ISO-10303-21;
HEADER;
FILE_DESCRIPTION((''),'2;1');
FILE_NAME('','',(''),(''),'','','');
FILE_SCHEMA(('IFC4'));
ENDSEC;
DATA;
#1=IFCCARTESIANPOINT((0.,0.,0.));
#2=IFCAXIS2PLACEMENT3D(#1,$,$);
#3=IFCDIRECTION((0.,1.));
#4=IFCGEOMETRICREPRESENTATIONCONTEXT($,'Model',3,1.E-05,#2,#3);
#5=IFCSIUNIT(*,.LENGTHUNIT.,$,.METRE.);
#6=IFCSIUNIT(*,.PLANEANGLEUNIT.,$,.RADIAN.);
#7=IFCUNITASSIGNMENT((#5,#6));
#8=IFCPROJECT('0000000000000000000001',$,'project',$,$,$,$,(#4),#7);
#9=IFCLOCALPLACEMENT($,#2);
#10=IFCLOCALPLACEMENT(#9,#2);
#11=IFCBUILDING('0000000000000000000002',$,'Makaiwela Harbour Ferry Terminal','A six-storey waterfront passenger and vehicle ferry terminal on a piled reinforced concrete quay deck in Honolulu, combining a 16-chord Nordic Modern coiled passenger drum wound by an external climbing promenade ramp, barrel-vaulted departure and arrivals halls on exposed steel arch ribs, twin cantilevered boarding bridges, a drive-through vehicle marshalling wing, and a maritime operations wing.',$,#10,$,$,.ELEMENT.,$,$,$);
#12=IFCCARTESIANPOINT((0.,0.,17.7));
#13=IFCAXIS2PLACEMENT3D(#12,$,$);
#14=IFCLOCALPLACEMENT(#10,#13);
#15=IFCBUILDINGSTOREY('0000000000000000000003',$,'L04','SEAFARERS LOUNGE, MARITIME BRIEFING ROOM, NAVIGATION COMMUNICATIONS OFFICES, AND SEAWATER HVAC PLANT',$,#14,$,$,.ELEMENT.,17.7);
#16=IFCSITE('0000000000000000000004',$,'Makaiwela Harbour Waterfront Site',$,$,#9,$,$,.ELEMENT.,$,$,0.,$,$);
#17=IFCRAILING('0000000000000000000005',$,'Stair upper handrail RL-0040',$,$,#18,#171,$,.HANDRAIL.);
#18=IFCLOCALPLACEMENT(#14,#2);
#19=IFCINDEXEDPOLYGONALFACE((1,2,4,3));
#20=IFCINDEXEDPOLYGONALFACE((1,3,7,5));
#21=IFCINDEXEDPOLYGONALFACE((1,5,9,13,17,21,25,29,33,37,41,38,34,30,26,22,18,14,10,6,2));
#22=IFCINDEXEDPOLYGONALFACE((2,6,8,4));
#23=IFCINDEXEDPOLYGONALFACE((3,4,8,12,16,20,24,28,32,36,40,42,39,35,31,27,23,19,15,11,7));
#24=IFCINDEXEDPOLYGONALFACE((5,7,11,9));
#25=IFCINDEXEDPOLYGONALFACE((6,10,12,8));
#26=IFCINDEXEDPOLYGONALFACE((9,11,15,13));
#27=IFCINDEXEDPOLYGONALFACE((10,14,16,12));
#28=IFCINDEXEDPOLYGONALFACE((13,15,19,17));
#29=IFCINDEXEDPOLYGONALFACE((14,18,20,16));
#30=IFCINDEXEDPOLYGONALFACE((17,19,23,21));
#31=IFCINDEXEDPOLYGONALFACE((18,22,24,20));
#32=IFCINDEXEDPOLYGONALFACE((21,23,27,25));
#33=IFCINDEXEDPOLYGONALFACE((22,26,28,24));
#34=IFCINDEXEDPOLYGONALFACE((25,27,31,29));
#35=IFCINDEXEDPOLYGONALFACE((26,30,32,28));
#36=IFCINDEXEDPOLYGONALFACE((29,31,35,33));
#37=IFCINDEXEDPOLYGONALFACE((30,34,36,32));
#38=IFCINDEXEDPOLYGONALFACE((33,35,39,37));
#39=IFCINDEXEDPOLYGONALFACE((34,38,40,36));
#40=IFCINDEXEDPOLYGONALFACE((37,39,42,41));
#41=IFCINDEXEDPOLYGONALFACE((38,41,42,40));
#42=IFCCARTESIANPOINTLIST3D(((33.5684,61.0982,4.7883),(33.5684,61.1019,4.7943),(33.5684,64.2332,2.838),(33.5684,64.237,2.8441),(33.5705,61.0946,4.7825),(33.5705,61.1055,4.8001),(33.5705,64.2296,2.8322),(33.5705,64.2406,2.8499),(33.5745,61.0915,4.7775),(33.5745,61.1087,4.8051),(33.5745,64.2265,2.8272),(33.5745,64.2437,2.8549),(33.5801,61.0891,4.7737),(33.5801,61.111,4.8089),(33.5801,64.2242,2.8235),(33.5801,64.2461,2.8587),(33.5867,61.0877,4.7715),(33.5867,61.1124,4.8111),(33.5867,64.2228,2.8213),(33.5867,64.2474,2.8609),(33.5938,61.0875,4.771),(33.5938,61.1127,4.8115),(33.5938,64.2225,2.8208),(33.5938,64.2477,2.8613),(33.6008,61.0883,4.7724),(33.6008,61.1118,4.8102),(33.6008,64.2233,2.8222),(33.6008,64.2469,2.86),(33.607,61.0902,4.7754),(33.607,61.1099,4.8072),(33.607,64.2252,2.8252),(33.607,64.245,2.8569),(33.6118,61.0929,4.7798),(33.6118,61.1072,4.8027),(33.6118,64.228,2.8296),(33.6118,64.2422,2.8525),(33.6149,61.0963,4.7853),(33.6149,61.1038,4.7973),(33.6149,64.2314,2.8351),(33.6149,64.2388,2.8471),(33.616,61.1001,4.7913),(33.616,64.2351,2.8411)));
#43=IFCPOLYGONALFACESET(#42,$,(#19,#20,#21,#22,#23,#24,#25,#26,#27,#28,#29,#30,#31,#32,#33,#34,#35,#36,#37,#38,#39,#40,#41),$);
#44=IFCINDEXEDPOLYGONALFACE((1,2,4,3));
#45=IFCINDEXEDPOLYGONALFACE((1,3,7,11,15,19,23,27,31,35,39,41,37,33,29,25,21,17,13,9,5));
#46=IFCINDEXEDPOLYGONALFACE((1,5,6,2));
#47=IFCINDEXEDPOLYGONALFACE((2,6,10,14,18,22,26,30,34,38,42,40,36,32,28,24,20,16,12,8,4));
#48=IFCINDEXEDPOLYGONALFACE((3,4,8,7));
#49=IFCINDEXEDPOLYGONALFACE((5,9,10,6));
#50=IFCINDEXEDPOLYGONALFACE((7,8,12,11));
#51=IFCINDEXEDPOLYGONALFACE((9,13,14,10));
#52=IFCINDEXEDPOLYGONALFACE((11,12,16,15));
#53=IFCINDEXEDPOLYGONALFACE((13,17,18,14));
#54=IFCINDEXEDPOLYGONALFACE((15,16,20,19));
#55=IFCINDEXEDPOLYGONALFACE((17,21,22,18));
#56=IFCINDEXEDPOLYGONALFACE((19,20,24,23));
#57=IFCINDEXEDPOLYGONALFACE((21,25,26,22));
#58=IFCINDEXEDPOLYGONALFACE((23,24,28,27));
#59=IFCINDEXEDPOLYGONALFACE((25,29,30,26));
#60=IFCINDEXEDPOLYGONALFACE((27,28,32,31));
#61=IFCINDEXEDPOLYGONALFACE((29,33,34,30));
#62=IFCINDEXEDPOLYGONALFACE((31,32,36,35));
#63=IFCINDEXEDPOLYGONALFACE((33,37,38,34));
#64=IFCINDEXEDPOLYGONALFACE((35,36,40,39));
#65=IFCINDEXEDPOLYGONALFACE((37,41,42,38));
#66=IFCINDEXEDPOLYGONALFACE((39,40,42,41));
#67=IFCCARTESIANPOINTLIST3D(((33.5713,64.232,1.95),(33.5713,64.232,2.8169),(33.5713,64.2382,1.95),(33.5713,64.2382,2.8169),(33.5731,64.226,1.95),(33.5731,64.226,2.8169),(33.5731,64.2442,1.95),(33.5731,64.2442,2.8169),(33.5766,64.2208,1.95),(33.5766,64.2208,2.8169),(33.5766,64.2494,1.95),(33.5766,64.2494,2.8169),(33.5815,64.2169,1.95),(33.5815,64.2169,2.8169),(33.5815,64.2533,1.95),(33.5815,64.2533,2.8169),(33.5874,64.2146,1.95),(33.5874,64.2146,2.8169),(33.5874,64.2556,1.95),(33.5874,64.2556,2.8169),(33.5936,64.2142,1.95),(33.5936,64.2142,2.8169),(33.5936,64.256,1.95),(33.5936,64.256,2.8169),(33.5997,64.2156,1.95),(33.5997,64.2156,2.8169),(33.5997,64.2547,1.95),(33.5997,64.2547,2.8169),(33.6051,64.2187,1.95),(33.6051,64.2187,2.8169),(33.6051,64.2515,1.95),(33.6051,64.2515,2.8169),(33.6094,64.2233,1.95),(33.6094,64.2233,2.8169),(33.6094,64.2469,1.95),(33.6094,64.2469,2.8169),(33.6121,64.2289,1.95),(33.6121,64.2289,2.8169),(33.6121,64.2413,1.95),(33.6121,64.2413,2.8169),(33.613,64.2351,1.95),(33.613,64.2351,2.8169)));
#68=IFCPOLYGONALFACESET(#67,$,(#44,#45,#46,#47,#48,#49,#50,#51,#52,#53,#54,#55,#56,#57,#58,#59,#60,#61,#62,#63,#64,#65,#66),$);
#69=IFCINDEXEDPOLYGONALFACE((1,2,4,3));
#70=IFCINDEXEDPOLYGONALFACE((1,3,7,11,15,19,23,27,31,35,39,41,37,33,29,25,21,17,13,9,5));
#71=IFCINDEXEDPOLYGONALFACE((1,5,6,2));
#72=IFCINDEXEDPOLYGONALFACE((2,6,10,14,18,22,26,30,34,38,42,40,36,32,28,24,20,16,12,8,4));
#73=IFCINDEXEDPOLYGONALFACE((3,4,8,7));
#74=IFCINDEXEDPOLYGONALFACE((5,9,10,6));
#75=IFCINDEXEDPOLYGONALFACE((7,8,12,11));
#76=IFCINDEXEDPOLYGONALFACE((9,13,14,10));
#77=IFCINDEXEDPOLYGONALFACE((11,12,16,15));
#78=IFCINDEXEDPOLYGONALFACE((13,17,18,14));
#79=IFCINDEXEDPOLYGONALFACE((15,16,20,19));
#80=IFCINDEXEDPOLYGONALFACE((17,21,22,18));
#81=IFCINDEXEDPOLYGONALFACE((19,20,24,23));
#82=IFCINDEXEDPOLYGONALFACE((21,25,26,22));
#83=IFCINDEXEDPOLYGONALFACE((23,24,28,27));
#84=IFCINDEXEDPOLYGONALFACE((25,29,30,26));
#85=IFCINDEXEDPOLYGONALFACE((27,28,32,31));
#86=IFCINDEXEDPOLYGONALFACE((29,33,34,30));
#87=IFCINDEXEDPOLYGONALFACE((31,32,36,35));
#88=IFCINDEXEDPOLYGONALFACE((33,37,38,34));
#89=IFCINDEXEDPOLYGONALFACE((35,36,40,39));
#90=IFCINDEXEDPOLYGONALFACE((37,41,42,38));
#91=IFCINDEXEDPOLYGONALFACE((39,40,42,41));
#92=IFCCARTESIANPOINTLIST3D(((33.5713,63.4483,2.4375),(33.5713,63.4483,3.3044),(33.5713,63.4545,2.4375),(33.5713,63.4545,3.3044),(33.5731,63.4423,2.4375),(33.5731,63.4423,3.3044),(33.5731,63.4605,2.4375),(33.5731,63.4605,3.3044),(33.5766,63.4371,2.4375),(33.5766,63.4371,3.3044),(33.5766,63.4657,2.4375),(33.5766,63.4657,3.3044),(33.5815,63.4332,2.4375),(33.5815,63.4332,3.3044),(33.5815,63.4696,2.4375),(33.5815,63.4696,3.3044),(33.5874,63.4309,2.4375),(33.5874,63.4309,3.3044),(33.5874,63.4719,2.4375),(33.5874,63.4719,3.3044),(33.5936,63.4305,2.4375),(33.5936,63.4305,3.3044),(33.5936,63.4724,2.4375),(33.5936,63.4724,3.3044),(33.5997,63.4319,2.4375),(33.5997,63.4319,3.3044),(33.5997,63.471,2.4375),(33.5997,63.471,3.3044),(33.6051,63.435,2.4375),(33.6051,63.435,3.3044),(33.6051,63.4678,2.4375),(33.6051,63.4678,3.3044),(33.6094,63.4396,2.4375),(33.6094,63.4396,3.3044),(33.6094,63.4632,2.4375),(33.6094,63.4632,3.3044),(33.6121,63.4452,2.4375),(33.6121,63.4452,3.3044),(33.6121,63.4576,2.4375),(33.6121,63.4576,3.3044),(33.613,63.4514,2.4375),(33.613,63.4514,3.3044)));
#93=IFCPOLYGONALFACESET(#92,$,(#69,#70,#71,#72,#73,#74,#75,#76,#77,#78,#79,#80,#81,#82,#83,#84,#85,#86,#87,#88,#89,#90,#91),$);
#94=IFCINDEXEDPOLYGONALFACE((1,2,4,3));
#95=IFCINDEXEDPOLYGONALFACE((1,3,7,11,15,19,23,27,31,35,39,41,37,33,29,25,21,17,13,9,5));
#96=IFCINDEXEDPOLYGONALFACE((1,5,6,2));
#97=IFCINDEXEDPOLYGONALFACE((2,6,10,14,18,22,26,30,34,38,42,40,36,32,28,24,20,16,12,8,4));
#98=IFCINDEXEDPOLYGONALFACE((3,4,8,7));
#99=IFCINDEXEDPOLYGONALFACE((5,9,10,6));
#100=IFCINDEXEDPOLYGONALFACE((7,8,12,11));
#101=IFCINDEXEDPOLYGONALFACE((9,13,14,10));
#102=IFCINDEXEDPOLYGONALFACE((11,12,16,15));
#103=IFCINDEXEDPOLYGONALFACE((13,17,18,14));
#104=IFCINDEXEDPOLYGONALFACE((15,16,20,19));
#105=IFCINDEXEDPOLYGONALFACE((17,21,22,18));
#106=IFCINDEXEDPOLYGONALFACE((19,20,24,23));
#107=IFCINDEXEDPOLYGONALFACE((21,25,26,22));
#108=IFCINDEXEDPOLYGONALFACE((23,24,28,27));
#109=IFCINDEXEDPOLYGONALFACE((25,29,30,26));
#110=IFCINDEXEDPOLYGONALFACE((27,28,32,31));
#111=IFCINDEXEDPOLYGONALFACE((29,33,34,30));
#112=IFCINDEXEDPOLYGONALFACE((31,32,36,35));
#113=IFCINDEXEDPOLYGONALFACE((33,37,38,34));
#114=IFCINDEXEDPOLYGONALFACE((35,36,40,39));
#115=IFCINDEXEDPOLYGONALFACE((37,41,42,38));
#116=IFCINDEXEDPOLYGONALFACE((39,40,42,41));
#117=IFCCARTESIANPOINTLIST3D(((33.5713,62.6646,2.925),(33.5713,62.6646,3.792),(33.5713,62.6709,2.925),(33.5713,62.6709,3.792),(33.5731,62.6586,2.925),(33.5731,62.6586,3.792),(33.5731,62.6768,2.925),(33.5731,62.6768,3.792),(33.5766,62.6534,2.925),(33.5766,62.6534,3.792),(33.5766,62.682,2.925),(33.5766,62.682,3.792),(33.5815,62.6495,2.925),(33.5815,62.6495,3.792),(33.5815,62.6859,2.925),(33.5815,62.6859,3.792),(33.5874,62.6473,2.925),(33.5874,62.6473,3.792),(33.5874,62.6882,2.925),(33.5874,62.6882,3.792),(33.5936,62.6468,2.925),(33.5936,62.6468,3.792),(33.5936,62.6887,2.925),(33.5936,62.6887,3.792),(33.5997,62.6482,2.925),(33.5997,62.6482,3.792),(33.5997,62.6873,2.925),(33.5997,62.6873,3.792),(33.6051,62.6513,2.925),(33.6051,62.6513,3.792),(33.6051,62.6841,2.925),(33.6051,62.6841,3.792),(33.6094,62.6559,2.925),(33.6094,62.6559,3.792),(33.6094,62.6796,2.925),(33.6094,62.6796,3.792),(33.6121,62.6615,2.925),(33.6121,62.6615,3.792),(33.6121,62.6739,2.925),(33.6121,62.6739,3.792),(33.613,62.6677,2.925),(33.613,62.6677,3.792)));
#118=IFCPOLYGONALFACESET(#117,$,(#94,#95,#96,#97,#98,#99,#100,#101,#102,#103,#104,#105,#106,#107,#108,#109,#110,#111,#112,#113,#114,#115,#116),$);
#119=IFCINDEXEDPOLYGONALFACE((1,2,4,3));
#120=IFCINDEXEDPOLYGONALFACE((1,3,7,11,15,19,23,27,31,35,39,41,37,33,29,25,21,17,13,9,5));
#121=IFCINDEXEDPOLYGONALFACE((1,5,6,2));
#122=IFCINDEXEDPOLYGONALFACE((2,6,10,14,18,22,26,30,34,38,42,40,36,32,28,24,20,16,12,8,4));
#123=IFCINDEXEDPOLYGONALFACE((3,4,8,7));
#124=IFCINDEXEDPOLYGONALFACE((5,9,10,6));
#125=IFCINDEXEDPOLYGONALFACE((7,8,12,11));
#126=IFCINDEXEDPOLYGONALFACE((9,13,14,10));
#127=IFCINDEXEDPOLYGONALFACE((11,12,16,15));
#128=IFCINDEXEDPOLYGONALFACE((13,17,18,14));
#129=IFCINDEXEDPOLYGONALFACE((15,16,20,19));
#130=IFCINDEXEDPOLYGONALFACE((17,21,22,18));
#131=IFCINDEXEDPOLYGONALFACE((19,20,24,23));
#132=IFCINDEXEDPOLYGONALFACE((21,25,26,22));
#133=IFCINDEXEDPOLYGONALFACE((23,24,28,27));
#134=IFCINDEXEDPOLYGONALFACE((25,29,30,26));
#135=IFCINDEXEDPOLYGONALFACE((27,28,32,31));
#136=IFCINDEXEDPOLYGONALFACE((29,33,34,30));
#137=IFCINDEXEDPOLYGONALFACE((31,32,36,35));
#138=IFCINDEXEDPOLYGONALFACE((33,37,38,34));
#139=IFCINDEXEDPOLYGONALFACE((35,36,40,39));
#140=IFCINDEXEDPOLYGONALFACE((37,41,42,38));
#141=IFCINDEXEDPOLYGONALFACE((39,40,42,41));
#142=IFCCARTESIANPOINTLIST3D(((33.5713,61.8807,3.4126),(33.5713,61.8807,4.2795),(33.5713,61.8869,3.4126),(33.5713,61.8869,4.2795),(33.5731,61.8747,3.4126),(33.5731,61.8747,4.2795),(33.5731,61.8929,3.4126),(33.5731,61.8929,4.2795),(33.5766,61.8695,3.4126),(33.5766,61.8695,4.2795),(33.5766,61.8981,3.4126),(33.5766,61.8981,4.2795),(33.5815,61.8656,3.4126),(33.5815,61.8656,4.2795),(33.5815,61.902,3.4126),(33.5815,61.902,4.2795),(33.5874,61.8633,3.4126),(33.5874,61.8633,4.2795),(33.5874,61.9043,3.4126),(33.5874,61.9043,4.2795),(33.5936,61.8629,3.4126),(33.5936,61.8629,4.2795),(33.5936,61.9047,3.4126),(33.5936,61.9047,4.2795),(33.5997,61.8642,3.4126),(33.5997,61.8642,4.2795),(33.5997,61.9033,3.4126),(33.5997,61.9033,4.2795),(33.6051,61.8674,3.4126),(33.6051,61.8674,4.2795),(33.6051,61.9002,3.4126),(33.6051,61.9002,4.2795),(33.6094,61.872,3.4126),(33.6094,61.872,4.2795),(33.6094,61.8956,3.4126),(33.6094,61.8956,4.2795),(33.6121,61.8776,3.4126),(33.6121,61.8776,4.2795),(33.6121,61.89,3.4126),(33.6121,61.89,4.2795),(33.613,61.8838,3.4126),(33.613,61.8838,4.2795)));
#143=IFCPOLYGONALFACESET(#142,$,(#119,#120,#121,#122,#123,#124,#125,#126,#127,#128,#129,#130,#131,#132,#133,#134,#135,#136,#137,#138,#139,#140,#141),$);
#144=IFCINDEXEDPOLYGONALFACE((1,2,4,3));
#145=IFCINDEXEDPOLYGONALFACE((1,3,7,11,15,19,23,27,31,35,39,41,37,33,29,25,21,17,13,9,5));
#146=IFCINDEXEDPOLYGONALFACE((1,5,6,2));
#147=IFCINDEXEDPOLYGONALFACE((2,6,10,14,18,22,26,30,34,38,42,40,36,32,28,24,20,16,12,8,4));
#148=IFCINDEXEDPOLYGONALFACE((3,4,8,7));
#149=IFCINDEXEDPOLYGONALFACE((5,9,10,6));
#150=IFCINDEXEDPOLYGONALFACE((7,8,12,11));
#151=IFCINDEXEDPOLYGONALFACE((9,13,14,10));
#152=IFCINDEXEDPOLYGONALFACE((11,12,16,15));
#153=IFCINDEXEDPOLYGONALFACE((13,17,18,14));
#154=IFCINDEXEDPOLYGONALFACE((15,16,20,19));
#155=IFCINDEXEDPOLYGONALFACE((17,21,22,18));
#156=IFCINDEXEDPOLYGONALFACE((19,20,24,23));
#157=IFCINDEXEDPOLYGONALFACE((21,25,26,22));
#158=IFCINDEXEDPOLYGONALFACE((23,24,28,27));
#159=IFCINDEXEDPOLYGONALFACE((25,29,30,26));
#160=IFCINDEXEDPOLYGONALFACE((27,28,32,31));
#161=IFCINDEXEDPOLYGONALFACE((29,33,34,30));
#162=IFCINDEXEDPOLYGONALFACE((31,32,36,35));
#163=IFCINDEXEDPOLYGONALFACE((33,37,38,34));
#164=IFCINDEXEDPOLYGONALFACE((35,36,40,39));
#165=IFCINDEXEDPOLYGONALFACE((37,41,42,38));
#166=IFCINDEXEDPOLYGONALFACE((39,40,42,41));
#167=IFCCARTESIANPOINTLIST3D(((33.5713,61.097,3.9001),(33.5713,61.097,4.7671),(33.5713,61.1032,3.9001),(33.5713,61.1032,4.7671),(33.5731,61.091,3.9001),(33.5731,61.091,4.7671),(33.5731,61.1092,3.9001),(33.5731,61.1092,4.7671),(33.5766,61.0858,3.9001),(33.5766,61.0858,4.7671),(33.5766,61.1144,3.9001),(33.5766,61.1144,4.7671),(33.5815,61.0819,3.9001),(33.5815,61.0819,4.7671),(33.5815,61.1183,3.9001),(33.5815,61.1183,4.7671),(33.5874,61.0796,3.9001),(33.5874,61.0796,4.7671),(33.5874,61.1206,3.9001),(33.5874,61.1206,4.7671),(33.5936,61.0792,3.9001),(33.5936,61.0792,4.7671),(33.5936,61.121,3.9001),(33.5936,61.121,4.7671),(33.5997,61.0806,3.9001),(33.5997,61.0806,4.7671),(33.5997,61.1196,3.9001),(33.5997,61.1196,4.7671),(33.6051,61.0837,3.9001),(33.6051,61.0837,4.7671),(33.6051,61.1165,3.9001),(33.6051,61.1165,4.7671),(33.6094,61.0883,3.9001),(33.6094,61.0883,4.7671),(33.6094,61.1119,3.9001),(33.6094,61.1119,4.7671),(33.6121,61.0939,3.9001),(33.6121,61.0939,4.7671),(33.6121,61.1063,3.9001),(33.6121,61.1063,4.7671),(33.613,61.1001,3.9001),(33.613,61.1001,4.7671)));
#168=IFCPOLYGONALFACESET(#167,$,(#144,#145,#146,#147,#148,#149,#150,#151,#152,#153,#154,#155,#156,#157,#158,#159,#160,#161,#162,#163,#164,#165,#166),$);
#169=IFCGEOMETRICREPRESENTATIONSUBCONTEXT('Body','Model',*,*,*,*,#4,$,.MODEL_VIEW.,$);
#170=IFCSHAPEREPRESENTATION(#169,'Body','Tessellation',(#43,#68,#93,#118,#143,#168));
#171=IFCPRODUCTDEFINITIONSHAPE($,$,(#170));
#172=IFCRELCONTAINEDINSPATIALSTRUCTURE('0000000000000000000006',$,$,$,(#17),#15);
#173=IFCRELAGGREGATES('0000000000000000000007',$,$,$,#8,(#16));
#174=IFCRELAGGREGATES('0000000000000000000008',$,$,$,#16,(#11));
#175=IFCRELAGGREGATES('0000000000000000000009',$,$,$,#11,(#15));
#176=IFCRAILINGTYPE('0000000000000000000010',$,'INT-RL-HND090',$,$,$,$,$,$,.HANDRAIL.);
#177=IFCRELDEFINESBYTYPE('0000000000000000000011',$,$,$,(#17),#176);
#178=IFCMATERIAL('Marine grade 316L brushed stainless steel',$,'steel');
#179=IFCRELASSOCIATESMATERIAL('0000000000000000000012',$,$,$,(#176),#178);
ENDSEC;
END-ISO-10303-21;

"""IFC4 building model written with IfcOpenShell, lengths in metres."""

from ifc_helpers import new_model, si_unit, direction, frame, origin, origin_2d, place, context, subcontext, project, spatial, circle, extrude, material, type_object, element, save


model = new_model("IFC4")

# Units and contexts
model_context = context("Model", 3, precision=1e-05, world=origin(), true_north=direction((0.0, 1.0)))
body_context = subcontext(model_context, "Body", "Model", "MODEL_VIEW")
ifc_project = project(units=[si_unit("LENGTHUNIT", "METRE"), si_unit("PLANEANGLEUNIT", "RADIAN")], contexts=[model_context])

# Site, building, storey
site_placement = place(None, origin())
site = spatial("IfcSite", under=ifc_project, at=site_placement, Name="Makaiwela Harbour Waterfront Site", CompositionType="ELEMENT", RefElevation=0.0)
building_placement = place(site_placement, origin())
building = spatial("IfcBuilding", under=site, at=building_placement, Name="Makaiwela Harbour Ferry Terminal", Description="A six-storey waterfront passenger and vehicle ferry terminal on a piled reinforced concrete quay deck in Honolulu, combining a 16-chord Nordic Modern coiled passenger drum wound by an external climbing promenade ramp, barrel-vaulted departure and arrivals halls on exposed steel arch ribs, twin cantilevered boarding bridges, a drive-through vehicle marshalling wing, and a maritime operations wing.", CompositionType="ELEMENT")
storey_placement = place(building_placement, frame((0.0, 0.0, 17.7)))
storey = spatial("IfcBuildingStorey", under=building, at=storey_placement, Name="L04", Description="SEAFARERS LOUNGE, MARITIME BRIEFING ROOM, NAVIGATION COMMUNICATIONS OFFICES, AND SEAWATER HVAC PLANT", CompositionType="ELEMENT", Elevation=17.7)

# Shared definitions
ifc_material_1 = material(Name="Marine grade 316L brushed stainless steel", Category="steel")

# Railing
railing_type_1 = type_object("IfcRailingType", Name="INT-RL-HND090", PredefinedType="HANDRAIL", material=ifc_material_1)
railing_1_placement = place(storey_placement, frame((33.592, 64.2351, 1.95)))
element("IfcRailing", 1, at=railing_1_placement, inside=storey, type_object=railing_type_1, Name="Stair upper handrail RL-0040", PredefinedType="HANDRAIL", context=body_context, shape_type="SweptSolid", body=[
    extrude(circle(Radius=0.0239, at=origin_2d()), frame((0.0, 0.0, 0.8911), z_axis=(0.0, -0.849115, 0.528209), x_axis=(1.0, 0.0, 0.0)), (0.0, 0.0, 1.0), 3.6921),
    extrude(circle(Radius=0.021, at=origin_2d()), origin(), (0.0, 0.0, 1.0), 0.8669),
    extrude(circle(Radius=0.021, at=origin_2d()), frame((0.0, -0.7837, 0.4875)), (0.0, 0.0, 1.0), 0.8669),
    extrude(circle(Radius=0.021, at=origin_2d()), frame((0.0, -1.5674, 0.9751)), (0.0, 0.0, 1.0), 0.8669),
    extrude(circle(Radius=0.021, at=origin_2d()), frame((0.0, -2.3513, 1.4626)), (0.0, 0.0, 1.0), 0.8669),
    extrude(circle(Radius=0.021, at=origin_2d()), frame((0.0, -3.135, 1.9502)), (0.0, 0.0, 1.0), 0.8669),
])

save(model, "model.ifc")
